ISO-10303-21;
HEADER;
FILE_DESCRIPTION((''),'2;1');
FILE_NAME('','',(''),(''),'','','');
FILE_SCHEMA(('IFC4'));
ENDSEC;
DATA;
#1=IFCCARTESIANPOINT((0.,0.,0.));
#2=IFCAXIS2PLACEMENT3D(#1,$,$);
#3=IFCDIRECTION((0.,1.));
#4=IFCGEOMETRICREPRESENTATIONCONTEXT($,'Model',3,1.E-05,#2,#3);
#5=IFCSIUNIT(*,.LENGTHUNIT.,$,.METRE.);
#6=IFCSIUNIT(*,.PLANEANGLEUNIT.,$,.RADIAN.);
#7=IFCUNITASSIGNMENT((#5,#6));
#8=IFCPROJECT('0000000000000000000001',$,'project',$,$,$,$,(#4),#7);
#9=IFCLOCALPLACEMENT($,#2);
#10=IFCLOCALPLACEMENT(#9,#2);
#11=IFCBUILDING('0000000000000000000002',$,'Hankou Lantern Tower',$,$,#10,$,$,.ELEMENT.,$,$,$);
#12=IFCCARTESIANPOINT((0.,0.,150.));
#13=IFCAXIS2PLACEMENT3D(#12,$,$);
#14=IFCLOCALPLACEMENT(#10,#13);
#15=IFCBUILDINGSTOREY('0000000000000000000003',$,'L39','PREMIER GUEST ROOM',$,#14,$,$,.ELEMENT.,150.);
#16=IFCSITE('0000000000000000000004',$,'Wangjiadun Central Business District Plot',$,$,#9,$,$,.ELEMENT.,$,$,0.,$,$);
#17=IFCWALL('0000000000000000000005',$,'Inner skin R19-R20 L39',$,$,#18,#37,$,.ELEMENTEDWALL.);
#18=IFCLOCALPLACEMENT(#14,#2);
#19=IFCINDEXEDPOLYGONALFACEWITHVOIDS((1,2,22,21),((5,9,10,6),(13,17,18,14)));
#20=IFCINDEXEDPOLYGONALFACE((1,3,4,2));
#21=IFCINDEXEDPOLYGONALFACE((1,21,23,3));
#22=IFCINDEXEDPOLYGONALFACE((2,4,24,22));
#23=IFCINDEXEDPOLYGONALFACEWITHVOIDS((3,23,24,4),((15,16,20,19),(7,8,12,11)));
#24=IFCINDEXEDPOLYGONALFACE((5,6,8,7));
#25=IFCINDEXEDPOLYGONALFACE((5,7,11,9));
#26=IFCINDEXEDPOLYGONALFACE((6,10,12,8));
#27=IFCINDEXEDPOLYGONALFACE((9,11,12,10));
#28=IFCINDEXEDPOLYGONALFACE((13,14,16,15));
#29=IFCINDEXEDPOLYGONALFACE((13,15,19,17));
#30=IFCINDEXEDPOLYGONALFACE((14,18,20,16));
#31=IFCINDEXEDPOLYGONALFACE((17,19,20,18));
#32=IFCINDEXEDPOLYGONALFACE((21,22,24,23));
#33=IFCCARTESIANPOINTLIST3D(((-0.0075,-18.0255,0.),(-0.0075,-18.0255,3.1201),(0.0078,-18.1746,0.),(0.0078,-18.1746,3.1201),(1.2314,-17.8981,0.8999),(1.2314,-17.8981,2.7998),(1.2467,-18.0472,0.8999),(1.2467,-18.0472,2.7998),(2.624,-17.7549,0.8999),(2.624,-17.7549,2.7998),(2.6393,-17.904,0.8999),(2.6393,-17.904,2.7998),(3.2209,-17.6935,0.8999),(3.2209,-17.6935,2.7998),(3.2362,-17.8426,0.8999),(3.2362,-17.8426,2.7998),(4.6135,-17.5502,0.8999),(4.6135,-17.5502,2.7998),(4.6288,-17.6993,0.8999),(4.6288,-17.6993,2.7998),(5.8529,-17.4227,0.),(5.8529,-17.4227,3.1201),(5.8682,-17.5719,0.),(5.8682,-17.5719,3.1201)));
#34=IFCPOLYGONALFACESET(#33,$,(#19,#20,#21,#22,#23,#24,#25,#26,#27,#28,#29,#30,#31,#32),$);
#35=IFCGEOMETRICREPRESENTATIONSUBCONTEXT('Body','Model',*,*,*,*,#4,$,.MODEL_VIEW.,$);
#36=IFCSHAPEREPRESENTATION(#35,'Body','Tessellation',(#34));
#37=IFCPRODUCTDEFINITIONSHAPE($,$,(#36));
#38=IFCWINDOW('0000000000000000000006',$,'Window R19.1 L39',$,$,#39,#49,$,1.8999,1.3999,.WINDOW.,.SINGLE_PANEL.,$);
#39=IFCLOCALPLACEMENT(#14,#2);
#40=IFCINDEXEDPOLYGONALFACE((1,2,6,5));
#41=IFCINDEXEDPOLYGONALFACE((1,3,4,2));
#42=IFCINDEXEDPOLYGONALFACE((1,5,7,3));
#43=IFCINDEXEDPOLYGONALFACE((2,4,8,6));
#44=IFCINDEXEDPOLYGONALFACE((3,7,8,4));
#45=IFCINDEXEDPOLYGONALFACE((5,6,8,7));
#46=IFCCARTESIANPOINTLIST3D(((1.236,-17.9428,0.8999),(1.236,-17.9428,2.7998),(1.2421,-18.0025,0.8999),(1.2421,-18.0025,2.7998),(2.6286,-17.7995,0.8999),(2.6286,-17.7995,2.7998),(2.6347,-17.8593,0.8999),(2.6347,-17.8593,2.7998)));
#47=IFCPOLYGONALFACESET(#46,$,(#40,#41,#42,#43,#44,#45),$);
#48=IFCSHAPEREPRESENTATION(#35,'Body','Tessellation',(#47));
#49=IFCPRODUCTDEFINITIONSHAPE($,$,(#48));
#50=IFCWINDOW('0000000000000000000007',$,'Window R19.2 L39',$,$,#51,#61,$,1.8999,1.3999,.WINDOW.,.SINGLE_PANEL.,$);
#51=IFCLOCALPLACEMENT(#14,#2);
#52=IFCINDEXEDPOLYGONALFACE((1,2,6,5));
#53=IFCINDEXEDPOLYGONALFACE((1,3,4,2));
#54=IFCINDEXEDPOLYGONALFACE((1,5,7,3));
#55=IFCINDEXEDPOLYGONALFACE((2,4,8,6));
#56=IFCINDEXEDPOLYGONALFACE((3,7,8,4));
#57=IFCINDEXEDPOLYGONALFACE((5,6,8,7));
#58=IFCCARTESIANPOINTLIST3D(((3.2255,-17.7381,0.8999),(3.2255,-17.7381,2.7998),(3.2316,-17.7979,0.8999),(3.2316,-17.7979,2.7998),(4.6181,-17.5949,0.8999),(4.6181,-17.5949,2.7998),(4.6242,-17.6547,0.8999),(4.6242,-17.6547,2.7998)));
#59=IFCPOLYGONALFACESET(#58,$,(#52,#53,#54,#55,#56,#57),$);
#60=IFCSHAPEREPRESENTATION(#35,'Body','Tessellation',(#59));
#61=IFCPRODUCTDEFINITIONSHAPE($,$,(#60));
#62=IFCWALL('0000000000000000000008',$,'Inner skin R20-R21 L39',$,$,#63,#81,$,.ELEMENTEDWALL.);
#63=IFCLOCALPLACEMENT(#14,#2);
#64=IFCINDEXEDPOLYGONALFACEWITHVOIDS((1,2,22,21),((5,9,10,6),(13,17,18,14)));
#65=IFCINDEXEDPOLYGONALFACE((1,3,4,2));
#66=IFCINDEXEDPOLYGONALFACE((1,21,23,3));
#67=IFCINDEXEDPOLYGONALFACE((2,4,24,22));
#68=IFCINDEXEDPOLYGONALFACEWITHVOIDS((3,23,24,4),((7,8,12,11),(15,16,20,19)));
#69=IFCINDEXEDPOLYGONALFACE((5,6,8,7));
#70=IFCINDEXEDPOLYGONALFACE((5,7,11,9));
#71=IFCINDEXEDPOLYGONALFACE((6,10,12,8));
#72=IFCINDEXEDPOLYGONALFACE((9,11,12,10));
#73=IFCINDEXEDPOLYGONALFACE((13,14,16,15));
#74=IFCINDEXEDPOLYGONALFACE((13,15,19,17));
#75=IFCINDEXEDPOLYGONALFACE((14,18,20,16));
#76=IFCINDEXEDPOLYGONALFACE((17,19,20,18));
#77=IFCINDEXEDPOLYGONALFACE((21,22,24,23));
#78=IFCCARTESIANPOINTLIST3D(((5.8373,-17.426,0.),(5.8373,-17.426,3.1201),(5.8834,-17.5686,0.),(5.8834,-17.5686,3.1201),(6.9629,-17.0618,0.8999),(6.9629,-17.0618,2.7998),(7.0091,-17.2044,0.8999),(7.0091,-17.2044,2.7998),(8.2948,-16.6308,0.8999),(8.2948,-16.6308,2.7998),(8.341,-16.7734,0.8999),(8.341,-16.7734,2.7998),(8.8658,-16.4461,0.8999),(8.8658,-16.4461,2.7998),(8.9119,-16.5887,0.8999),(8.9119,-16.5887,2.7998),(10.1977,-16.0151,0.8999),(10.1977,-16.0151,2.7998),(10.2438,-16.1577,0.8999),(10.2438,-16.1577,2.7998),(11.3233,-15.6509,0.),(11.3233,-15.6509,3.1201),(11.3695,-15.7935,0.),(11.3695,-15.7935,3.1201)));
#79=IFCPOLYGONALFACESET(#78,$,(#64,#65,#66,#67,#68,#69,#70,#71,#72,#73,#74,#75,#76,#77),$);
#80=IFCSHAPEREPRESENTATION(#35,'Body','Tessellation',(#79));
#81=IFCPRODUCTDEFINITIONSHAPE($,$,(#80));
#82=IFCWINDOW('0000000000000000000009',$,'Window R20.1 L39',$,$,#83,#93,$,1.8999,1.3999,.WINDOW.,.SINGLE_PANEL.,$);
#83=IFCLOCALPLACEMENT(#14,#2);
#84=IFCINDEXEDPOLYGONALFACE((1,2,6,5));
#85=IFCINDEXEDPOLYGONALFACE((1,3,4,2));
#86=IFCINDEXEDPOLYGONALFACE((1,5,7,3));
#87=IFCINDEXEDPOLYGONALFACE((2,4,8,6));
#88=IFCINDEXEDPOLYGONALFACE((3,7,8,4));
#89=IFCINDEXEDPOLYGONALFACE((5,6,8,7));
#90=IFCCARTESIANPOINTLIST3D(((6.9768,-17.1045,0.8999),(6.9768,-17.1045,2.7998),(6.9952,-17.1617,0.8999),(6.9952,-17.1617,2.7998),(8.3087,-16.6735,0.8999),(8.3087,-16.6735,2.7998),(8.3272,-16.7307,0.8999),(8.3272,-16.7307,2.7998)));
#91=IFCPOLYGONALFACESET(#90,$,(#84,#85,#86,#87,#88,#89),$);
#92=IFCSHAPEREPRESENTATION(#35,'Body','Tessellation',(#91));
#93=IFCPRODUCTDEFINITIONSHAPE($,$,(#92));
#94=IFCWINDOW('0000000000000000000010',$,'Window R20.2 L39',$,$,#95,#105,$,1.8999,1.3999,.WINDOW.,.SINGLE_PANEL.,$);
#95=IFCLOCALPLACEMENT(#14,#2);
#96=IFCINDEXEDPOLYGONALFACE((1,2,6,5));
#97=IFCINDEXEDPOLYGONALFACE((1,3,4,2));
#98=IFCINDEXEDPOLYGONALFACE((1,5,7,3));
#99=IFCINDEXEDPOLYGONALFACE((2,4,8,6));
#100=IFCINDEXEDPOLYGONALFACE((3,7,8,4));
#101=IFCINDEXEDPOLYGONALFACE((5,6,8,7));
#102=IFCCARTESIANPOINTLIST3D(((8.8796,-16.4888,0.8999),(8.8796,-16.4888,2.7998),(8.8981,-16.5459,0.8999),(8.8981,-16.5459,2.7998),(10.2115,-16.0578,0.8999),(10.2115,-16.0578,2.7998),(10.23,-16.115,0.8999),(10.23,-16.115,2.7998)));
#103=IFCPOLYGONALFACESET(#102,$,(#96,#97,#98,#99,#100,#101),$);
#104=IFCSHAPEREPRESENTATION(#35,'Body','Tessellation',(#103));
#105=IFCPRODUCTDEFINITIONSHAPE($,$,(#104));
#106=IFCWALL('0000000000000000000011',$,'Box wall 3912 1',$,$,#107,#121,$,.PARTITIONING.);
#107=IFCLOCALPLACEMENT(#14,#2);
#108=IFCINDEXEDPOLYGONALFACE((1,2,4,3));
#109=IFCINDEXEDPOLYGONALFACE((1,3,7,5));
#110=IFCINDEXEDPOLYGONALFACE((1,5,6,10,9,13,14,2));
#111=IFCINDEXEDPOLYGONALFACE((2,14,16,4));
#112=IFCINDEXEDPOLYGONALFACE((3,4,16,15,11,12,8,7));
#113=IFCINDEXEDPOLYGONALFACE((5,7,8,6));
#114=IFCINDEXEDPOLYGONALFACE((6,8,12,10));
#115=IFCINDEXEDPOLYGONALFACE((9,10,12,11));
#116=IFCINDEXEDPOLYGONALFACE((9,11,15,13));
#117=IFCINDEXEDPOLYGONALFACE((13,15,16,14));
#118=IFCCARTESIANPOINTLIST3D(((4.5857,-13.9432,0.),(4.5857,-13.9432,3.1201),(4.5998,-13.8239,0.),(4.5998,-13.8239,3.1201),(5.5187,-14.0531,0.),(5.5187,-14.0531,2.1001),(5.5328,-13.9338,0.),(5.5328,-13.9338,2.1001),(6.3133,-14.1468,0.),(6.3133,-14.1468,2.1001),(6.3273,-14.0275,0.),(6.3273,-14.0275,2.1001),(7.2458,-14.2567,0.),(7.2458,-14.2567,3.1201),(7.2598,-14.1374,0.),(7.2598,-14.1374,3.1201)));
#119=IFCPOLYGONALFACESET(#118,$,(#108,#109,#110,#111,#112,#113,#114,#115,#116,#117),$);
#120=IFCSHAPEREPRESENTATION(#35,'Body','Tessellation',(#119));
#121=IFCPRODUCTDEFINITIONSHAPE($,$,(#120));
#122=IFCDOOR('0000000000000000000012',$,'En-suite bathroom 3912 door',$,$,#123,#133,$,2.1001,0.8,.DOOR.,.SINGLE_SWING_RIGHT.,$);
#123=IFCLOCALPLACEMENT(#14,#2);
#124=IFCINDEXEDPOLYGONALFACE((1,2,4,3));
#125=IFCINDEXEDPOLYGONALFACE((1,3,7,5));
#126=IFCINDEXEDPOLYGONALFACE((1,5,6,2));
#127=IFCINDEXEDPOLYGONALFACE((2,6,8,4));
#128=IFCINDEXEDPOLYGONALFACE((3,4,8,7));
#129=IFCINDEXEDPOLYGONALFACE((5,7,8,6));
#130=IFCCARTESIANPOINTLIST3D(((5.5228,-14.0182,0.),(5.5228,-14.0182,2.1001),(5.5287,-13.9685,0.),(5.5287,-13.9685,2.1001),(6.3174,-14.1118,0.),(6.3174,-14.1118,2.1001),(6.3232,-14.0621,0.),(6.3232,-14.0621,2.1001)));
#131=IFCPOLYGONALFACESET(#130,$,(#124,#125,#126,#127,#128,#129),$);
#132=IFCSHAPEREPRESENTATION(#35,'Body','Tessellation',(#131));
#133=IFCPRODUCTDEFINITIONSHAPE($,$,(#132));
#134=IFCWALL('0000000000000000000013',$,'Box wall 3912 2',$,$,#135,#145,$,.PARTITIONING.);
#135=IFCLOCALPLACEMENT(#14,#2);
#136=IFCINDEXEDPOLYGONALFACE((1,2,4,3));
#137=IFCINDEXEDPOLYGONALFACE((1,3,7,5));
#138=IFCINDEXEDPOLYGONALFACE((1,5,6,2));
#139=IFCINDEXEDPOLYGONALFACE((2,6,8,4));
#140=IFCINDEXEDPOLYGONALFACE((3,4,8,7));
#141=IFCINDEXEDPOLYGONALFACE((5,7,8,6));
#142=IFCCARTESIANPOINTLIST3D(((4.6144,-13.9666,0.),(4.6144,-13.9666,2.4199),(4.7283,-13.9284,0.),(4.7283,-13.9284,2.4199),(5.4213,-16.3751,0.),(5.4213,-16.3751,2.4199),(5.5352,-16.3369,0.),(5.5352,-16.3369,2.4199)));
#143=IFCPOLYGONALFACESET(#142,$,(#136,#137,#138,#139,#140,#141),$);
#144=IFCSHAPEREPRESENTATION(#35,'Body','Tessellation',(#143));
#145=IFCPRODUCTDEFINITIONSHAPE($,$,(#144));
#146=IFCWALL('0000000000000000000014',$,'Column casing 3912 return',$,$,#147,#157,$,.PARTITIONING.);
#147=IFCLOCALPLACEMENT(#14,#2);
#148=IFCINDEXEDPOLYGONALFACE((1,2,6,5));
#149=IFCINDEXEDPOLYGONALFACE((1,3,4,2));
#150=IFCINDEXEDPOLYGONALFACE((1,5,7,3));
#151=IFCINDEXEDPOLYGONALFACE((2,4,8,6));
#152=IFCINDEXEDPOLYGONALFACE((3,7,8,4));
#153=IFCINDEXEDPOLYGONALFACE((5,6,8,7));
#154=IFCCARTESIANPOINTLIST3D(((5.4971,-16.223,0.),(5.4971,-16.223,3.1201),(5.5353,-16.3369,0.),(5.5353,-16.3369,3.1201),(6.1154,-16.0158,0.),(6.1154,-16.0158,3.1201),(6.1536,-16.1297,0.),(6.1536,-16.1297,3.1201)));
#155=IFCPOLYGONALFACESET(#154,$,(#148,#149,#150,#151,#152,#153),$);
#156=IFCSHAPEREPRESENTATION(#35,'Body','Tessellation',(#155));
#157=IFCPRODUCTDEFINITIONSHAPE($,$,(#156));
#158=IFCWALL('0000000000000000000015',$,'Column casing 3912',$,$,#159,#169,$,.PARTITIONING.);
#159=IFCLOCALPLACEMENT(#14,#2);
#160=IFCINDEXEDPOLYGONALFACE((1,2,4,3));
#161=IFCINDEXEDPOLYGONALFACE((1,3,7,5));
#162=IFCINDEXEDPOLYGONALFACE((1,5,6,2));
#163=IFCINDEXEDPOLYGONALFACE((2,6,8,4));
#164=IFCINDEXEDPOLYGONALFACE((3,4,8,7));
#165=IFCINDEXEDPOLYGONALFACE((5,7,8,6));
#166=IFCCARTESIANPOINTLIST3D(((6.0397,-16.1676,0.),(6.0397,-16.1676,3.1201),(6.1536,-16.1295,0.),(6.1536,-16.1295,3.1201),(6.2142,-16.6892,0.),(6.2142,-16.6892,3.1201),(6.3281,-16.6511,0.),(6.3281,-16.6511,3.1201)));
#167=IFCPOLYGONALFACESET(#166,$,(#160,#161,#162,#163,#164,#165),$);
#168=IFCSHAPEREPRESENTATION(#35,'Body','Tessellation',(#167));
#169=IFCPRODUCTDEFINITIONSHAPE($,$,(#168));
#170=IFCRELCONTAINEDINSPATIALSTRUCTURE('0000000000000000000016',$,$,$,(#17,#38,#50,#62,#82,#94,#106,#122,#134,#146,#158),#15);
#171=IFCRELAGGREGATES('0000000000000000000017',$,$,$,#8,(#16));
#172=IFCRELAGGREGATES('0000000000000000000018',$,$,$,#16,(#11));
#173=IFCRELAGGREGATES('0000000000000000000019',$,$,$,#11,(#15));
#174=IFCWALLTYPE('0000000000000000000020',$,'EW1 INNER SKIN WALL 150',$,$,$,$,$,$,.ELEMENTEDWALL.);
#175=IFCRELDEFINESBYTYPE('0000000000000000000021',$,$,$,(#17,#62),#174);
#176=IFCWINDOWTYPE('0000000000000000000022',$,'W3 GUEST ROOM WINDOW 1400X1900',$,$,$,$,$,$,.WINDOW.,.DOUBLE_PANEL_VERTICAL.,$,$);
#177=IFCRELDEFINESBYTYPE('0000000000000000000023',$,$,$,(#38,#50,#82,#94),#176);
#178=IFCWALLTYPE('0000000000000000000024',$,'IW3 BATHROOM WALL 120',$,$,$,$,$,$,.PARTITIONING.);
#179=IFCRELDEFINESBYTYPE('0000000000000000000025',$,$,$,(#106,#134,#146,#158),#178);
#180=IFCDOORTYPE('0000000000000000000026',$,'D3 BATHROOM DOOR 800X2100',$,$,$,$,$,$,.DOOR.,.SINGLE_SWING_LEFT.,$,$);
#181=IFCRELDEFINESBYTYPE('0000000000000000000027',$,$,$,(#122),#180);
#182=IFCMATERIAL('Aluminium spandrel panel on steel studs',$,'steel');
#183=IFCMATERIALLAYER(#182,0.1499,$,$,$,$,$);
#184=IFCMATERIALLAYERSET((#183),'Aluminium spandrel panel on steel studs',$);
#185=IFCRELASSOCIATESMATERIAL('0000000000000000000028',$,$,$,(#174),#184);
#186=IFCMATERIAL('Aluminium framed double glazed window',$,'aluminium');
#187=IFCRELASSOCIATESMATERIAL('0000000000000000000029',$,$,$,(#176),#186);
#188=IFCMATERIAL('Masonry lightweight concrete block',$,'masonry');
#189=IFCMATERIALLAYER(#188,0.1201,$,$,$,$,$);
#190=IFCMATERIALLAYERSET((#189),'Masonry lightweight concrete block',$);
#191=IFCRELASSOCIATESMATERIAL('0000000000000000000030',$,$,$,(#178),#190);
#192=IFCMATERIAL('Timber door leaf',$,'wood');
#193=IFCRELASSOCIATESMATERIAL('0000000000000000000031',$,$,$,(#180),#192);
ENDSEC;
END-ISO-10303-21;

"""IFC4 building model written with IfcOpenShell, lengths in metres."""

from ifc_helpers import new_model, si_unit, direction, frame, frame_2d, origin, place, context, subcontext, project, spatial, rectangle, extrude, material, layer, layer_set, type_object, element, fill, save


model = new_model("IFC4")

# Units and contexts
model_context = context("Model", 3, precision=1e-05, world=origin(), true_north=direction((0.0, 1.0)))
body_context = subcontext(model_context, "Body", "Model", "MODEL_VIEW")
ifc_project = project(units=[si_unit("LENGTHUNIT", "METRE"), si_unit("PLANEANGLEUNIT", "RADIAN")], contexts=[model_context])

# Site, building, storey
site_placement = place(None, origin())
site = spatial("IfcSite", under=ifc_project, at=site_placement, Name="Wangjiadun Central Business District Plot", CompositionType="ELEMENT", RefElevation=0.0)
building_placement = place(site_placement, origin())
building = spatial("IfcBuilding", under=site, at=building_placement, Name="Hankou Lantern Tower", CompositionType="ELEMENT")
storey_placement = place(building_placement, frame((0.0, 0.0, 150.0)))
storey = spatial("IfcBuildingStorey", under=building, at=storey_placement, Name="L39", Description="PREMIER GUEST ROOM", CompositionType="ELEMENT", Elevation=150.0)

# Walls, openings, windows
ifc_material_1 = material(Name="Aluminium spandrel panel on steel studs", Category="steel")
ifc_layer_1 = layer(ifc_material_1, 0.1499)
ifc_layer_set_1 = layer_set([ifc_layer_1], Name="Aluminium spandrel panel on steel studs")
wall_type_1 = type_object("IfcWallType", Name="EW1 INNER SKIN WALL 150", PredefinedType="ELEMENTEDWALL", material=ifc_layer_set_1)
wall_1_placement = place(storey_placement, frame((0.0, -18.1001, 0.0), z_axis=(0.0, 0.0, 1.0), x_axis=(0.994752, 0.102318, 0.0)))
wall_1 = element("IfcWall", 1, at=wall_1_placement, inside=storey, type_object=wall_type_1, Name="Inner skin R19-R20 L39", PredefinedType="ELEMENTEDWALL", context=body_context, shape_type="SweptSolid", body=[
    extrude(rectangle(XDim=5.8914, YDim=0.1499, at=frame_2d((2.9458, 0.0))), origin(), (0.0, 0.0, 1.0), 3.1201),
])
opening_1_placement = place(wall_1_placement, frame((1.2456, 0.0, 0.8999)))
opening_1 = element("IfcOpeningElement", 2, at=opening_1_placement, cuts=wall_1, PredefinedType="OPENING", context=body_context, shape_type="SweptSolid", body=[
    extrude(rectangle(XDim=1.3999, YDim=1.8999, at=frame_2d((0.7, 0.95))), frame((0.0, 0.085, 0.0), z_axis=(0.0, -1.0, 0.0), x_axis=(1.0, 0.0, 0.0)), (0.0, 0.0, 1.0), 0.1699),
])
opening_2_placement = place(wall_1_placement, frame((3.2456, 0.0, 0.8999)))
opening_2 = element("IfcOpeningElement", 3, at=opening_2_placement, cuts=wall_1, PredefinedType="OPENING", context=body_context, shape_type="SweptSolid", body=[
    extrude(rectangle(XDim=1.3999, YDim=1.8999, at=frame_2d((0.7, 0.95))), frame((0.0, 0.085, 0.0), z_axis=(0.0, -1.0, 0.0), x_axis=(1.0, 0.0, 0.0)), (0.0, 0.0, 1.0), 0.1699),
])
ifc_material_2 = material(Name="Aluminium framed double glazed window", Category="aluminium")
window_type = type_object("IfcWindowType", Name="W3 GUEST ROOM WINDOW 1400X1900", PartitioningType="DOUBLE_PANEL_VERTICAL", PredefinedType="WINDOW", material=ifc_material_2)
window_1_placement = place(opening_1_placement, origin())
window_1 = element("IfcWindow", 4, at=window_1_placement, inside=storey, type_object=window_type, Name="Window R19.1 L39", OverallHeight=1.8999, OverallWidth=1.3999, PartitioningType="SINGLE_PANEL", PredefinedType="WINDOW", context=body_context, shape_type="SweptSolid", body=[
    extrude(rectangle(XDim=1.3999, YDim=1.8999, at=frame_2d((0.7, 0.95))), frame((0.0, 0.03, 0.0), z_axis=(0.0, -1.0, 0.0), x_axis=(1.0, 0.0, 0.0)), (0.0, 0.0, 1.0), 0.0601),
])
fill(opening_1, window_1)
window_2_placement = place(opening_2_placement, origin())
window_2 = element("IfcWindow", 5, at=window_2_placement, inside=storey, type_object=window_type, Name="Window R19.2 L39", OverallHeight=1.8999, OverallWidth=1.3999, PartitioningType="SINGLE_PANEL", PredefinedType="WINDOW", context=body_context, shape_type="SweptSolid", body=[
    extrude(rectangle(XDim=1.3999, YDim=1.8999, at=frame_2d((0.7, 0.95))), frame((0.0, 0.03, 0.0), z_axis=(0.0, -1.0, 0.0), x_axis=(1.0, 0.0, 0.0)), (0.0, 0.0, 1.0), 0.0601),
])
fill(opening_2, window_2)
wall_2_placement = place(storey_placement, frame((5.8604, -17.4973, 0.0), z_axis=(0.0, 0.0, 1.0), x_axis=(0.951432, 0.307857, 0.0)))
wall_2 = element("IfcWall", 6, at=wall_2_placement, inside=storey, type_object=wall_type_1, Name="Inner skin R20-R21 L39", PredefinedType="ELEMENTEDWALL", context=body_context, shape_type="SweptSolid", body=[
    extrude(rectangle(XDim=5.7661, YDim=0.1499, at=frame_2d((2.8831, 0.0))), origin(), (0.0, 0.0, 1.0), 3.1201),
])
opening_3_placement = place(wall_2_placement, frame((1.1831, 0.0, 0.8999)))
opening_3 = element("IfcOpeningElement", 7, at=opening_3_placement, cuts=wall_2, PredefinedType="OPENING", context=body_context, shape_type="SweptSolid", body=[
    extrude(rectangle(XDim=1.3999, YDim=1.8999, at=frame_2d((0.7, 0.95))), frame((0.0, 0.085, 0.0), z_axis=(0.0, -1.0, 0.0), x_axis=(1.0, 0.0, 0.0)), (0.0, 0.0, 1.0), 0.1699),
])
opening_4_placement = place(wall_2_placement, frame((3.1831, 0.0, 0.8999)))
opening_4 = element("IfcOpeningElement", 8, at=opening_4_placement, cuts=wall_2, PredefinedType="OPENING", context=body_context, shape_type="SweptSolid", body=[
    extrude(rectangle(XDim=1.3999, YDim=1.8999, at=frame_2d((0.7, 0.95))), frame((0.0, 0.085, 0.0), z_axis=(0.0, -1.0, 0.0), x_axis=(1.0, 0.0, 0.0)), (0.0, 0.0, 1.0), 0.1699),
])
window_3_placement = place(opening_3_placement, origin())
window_3 = element("IfcWindow", 9, at=window_3_placement, inside=storey, type_object=window_type, Name="Window R20.1 L39", OverallHeight=1.8999, OverallWidth=1.3999, PartitioningType="SINGLE_PANEL", PredefinedType="WINDOW", context=body_context, shape_type="SweptSolid", body=[
    extrude(rectangle(XDim=1.3999, YDim=1.8999, at=frame_2d((0.7, 0.95))), frame((0.0, 0.03, 0.0), z_axis=(0.0, -1.0, 0.0), x_axis=(1.0, 0.0, 0.0)), (0.0, 0.0, 1.0), 0.0601),
])
fill(opening_3, window_3)
window_4_placement = place(opening_4_placement, origin())
window_4 = element("IfcWindow", 10, at=window_4_placement, inside=storey, type_object=window_type, Name="Window R20.2 L39", OverallHeight=1.8999, OverallWidth=1.3999, PartitioningType="SINGLE_PANEL", PredefinedType="WINDOW", context=body_context, shape_type="SweptSolid", body=[
    extrude(rectangle(XDim=1.3999, YDim=1.8999, at=frame_2d((0.7, 0.95))), frame((0.0, 0.03, 0.0), z_axis=(0.0, -1.0, 0.0), x_axis=(1.0, 0.0, 0.0)), (0.0, 0.0, 1.0), 0.0601),
])
fill(opening_4, window_4)

# Wall, opening, door
ifc_material_3 = material(Name="Masonry lightweight concrete block", Category="masonry")
ifc_layer_2 = layer(ifc_material_3, 0.1201)
ifc_layer_set_2 = layer_set([ifc_layer_2], Name="Masonry lightweight concrete block")
wall_type_2 = type_object("IfcWallType", Name="IW3 BATHROOM WALL 120", PredefinedType="PARTITIONING", material=ifc_layer_set_2)
wall_3_placement = place(storey_placement, frame((7.2529, -14.197, 0.0), z_axis=(0.0, 0.0, 1.0), x_axis=(-0.993128, 0.117032, 0.0)))
wall_3 = element("IfcWall", 11, at=wall_3_placement, inside=storey, type_object=wall_type_2, Name="Box wall 3912 1", PredefinedType="PARTITIONING", context=body_context, shape_type="SweptSolid", body=[
    extrude(rectangle(XDim=2.6785, YDim=0.1201, at=frame_2d((1.3394, 0.0))), origin(), (0.0, 0.0, 1.0), 3.1201),
])
opening_5_placement = place(wall_3_placement, frame((0.9392, 0.0, 0.0)))
opening_5 = element("IfcOpeningElement", 12, at=opening_5_placement, cuts=wall_3, PredefinedType="OPENING", context=body_context, shape_type="SweptSolid", body=[
    extrude(rectangle(XDim=0.8, YDim=2.1001, at=frame_2d((0.3999, 1.05))), frame((0.0, 0.0701, 0.0), z_axis=(0.0, -1.0, 0.0), x_axis=(1.0, 0.0, 0.0)), (0.0, 0.0, 1.0), 0.1401),
])
ifc_material_4 = material(Name="Timber door leaf", Category="wood")
door_type = type_object("IfcDoorType", Name="D3 BATHROOM DOOR 800X2100", OperationType="SINGLE_SWING_LEFT", PredefinedType="DOOR", material=ifc_material_4)
door_placement = place(opening_5_placement, origin())
door = element("IfcDoor", 13, at=door_placement, inside=storey, type_object=door_type, Name="En-suite bathroom 3912 door", OperationType="SINGLE_SWING_RIGHT", OverallHeight=2.1001, OverallWidth=0.8, PredefinedType="DOOR", context=body_context, shape_type="SweptSolid", body=[
    extrude(rectangle(XDim=0.8, YDim=2.1001, at=frame_2d((0.3999, 1.05))), frame((0.0, 0.0249, 0.0), z_axis=(0.0, -1.0, 0.0), x_axis=(1.0, 0.0, 0.0)), (0.0, 0.0, 1.0), 0.05),
])
fill(opening_5, door)

# Walls
wall_4_placement = place(storey_placement, frame((4.6714, -13.9475, 0.0), z_axis=(0.0, 0.0, 1.0), x_axis=(0.317669, -0.948202, 0.0)))
element("IfcWall", 14, at=wall_4_placement, inside=storey, type_object=wall_type_2, Name="Box wall 3912 2", PredefinedType="PARTITIONING", context=body_context, shape_type="SweptSolid", body=[
    extrude(rectangle(XDim=2.54, YDim=0.1201, at=frame_2d((1.27, 0.0))), origin(), (0.0, 0.0, 1.0), 2.4199),
])
wall_5_placement = place(storey_placement, frame((5.5161, -16.28, 0.0), z_axis=(0.0, 0.0, 1.0), x_axis=(0.948158, 0.317799, 0.0)))
element("IfcWall", 15, at=wall_5_placement, inside=storey, type_object=wall_type_2, Name="Column casing 3912 return", PredefinedType="PARTITIONING", context=body_context, shape_type="SweptSolid", body=[
    extrude(rectangle(XDim=0.6521, YDim=0.1201, at=frame_2d((0.3262, 0.0))), origin(), (0.0, 0.0, 1.0), 3.1201),
])
wall_6_placement = place(storey_placement, frame((6.0967, -16.1487, 0.0), z_axis=(0.0, 0.0, 1.0), x_axis=(0.317293, -0.948328, 0.0)))
element("IfcWall", 16, at=wall_6_placement, inside=storey, type_object=wall_type_2, Name="Column casing 3912", PredefinedType="PARTITIONING", context=body_context, shape_type="SweptSolid", body=[
    extrude(rectangle(XDim=0.55, YDim=0.1201, at=frame_2d((0.2749, 0.0))), origin(), (0.0, 0.0, 1.0), 3.1201),
])

save(model, "model.ifc")
